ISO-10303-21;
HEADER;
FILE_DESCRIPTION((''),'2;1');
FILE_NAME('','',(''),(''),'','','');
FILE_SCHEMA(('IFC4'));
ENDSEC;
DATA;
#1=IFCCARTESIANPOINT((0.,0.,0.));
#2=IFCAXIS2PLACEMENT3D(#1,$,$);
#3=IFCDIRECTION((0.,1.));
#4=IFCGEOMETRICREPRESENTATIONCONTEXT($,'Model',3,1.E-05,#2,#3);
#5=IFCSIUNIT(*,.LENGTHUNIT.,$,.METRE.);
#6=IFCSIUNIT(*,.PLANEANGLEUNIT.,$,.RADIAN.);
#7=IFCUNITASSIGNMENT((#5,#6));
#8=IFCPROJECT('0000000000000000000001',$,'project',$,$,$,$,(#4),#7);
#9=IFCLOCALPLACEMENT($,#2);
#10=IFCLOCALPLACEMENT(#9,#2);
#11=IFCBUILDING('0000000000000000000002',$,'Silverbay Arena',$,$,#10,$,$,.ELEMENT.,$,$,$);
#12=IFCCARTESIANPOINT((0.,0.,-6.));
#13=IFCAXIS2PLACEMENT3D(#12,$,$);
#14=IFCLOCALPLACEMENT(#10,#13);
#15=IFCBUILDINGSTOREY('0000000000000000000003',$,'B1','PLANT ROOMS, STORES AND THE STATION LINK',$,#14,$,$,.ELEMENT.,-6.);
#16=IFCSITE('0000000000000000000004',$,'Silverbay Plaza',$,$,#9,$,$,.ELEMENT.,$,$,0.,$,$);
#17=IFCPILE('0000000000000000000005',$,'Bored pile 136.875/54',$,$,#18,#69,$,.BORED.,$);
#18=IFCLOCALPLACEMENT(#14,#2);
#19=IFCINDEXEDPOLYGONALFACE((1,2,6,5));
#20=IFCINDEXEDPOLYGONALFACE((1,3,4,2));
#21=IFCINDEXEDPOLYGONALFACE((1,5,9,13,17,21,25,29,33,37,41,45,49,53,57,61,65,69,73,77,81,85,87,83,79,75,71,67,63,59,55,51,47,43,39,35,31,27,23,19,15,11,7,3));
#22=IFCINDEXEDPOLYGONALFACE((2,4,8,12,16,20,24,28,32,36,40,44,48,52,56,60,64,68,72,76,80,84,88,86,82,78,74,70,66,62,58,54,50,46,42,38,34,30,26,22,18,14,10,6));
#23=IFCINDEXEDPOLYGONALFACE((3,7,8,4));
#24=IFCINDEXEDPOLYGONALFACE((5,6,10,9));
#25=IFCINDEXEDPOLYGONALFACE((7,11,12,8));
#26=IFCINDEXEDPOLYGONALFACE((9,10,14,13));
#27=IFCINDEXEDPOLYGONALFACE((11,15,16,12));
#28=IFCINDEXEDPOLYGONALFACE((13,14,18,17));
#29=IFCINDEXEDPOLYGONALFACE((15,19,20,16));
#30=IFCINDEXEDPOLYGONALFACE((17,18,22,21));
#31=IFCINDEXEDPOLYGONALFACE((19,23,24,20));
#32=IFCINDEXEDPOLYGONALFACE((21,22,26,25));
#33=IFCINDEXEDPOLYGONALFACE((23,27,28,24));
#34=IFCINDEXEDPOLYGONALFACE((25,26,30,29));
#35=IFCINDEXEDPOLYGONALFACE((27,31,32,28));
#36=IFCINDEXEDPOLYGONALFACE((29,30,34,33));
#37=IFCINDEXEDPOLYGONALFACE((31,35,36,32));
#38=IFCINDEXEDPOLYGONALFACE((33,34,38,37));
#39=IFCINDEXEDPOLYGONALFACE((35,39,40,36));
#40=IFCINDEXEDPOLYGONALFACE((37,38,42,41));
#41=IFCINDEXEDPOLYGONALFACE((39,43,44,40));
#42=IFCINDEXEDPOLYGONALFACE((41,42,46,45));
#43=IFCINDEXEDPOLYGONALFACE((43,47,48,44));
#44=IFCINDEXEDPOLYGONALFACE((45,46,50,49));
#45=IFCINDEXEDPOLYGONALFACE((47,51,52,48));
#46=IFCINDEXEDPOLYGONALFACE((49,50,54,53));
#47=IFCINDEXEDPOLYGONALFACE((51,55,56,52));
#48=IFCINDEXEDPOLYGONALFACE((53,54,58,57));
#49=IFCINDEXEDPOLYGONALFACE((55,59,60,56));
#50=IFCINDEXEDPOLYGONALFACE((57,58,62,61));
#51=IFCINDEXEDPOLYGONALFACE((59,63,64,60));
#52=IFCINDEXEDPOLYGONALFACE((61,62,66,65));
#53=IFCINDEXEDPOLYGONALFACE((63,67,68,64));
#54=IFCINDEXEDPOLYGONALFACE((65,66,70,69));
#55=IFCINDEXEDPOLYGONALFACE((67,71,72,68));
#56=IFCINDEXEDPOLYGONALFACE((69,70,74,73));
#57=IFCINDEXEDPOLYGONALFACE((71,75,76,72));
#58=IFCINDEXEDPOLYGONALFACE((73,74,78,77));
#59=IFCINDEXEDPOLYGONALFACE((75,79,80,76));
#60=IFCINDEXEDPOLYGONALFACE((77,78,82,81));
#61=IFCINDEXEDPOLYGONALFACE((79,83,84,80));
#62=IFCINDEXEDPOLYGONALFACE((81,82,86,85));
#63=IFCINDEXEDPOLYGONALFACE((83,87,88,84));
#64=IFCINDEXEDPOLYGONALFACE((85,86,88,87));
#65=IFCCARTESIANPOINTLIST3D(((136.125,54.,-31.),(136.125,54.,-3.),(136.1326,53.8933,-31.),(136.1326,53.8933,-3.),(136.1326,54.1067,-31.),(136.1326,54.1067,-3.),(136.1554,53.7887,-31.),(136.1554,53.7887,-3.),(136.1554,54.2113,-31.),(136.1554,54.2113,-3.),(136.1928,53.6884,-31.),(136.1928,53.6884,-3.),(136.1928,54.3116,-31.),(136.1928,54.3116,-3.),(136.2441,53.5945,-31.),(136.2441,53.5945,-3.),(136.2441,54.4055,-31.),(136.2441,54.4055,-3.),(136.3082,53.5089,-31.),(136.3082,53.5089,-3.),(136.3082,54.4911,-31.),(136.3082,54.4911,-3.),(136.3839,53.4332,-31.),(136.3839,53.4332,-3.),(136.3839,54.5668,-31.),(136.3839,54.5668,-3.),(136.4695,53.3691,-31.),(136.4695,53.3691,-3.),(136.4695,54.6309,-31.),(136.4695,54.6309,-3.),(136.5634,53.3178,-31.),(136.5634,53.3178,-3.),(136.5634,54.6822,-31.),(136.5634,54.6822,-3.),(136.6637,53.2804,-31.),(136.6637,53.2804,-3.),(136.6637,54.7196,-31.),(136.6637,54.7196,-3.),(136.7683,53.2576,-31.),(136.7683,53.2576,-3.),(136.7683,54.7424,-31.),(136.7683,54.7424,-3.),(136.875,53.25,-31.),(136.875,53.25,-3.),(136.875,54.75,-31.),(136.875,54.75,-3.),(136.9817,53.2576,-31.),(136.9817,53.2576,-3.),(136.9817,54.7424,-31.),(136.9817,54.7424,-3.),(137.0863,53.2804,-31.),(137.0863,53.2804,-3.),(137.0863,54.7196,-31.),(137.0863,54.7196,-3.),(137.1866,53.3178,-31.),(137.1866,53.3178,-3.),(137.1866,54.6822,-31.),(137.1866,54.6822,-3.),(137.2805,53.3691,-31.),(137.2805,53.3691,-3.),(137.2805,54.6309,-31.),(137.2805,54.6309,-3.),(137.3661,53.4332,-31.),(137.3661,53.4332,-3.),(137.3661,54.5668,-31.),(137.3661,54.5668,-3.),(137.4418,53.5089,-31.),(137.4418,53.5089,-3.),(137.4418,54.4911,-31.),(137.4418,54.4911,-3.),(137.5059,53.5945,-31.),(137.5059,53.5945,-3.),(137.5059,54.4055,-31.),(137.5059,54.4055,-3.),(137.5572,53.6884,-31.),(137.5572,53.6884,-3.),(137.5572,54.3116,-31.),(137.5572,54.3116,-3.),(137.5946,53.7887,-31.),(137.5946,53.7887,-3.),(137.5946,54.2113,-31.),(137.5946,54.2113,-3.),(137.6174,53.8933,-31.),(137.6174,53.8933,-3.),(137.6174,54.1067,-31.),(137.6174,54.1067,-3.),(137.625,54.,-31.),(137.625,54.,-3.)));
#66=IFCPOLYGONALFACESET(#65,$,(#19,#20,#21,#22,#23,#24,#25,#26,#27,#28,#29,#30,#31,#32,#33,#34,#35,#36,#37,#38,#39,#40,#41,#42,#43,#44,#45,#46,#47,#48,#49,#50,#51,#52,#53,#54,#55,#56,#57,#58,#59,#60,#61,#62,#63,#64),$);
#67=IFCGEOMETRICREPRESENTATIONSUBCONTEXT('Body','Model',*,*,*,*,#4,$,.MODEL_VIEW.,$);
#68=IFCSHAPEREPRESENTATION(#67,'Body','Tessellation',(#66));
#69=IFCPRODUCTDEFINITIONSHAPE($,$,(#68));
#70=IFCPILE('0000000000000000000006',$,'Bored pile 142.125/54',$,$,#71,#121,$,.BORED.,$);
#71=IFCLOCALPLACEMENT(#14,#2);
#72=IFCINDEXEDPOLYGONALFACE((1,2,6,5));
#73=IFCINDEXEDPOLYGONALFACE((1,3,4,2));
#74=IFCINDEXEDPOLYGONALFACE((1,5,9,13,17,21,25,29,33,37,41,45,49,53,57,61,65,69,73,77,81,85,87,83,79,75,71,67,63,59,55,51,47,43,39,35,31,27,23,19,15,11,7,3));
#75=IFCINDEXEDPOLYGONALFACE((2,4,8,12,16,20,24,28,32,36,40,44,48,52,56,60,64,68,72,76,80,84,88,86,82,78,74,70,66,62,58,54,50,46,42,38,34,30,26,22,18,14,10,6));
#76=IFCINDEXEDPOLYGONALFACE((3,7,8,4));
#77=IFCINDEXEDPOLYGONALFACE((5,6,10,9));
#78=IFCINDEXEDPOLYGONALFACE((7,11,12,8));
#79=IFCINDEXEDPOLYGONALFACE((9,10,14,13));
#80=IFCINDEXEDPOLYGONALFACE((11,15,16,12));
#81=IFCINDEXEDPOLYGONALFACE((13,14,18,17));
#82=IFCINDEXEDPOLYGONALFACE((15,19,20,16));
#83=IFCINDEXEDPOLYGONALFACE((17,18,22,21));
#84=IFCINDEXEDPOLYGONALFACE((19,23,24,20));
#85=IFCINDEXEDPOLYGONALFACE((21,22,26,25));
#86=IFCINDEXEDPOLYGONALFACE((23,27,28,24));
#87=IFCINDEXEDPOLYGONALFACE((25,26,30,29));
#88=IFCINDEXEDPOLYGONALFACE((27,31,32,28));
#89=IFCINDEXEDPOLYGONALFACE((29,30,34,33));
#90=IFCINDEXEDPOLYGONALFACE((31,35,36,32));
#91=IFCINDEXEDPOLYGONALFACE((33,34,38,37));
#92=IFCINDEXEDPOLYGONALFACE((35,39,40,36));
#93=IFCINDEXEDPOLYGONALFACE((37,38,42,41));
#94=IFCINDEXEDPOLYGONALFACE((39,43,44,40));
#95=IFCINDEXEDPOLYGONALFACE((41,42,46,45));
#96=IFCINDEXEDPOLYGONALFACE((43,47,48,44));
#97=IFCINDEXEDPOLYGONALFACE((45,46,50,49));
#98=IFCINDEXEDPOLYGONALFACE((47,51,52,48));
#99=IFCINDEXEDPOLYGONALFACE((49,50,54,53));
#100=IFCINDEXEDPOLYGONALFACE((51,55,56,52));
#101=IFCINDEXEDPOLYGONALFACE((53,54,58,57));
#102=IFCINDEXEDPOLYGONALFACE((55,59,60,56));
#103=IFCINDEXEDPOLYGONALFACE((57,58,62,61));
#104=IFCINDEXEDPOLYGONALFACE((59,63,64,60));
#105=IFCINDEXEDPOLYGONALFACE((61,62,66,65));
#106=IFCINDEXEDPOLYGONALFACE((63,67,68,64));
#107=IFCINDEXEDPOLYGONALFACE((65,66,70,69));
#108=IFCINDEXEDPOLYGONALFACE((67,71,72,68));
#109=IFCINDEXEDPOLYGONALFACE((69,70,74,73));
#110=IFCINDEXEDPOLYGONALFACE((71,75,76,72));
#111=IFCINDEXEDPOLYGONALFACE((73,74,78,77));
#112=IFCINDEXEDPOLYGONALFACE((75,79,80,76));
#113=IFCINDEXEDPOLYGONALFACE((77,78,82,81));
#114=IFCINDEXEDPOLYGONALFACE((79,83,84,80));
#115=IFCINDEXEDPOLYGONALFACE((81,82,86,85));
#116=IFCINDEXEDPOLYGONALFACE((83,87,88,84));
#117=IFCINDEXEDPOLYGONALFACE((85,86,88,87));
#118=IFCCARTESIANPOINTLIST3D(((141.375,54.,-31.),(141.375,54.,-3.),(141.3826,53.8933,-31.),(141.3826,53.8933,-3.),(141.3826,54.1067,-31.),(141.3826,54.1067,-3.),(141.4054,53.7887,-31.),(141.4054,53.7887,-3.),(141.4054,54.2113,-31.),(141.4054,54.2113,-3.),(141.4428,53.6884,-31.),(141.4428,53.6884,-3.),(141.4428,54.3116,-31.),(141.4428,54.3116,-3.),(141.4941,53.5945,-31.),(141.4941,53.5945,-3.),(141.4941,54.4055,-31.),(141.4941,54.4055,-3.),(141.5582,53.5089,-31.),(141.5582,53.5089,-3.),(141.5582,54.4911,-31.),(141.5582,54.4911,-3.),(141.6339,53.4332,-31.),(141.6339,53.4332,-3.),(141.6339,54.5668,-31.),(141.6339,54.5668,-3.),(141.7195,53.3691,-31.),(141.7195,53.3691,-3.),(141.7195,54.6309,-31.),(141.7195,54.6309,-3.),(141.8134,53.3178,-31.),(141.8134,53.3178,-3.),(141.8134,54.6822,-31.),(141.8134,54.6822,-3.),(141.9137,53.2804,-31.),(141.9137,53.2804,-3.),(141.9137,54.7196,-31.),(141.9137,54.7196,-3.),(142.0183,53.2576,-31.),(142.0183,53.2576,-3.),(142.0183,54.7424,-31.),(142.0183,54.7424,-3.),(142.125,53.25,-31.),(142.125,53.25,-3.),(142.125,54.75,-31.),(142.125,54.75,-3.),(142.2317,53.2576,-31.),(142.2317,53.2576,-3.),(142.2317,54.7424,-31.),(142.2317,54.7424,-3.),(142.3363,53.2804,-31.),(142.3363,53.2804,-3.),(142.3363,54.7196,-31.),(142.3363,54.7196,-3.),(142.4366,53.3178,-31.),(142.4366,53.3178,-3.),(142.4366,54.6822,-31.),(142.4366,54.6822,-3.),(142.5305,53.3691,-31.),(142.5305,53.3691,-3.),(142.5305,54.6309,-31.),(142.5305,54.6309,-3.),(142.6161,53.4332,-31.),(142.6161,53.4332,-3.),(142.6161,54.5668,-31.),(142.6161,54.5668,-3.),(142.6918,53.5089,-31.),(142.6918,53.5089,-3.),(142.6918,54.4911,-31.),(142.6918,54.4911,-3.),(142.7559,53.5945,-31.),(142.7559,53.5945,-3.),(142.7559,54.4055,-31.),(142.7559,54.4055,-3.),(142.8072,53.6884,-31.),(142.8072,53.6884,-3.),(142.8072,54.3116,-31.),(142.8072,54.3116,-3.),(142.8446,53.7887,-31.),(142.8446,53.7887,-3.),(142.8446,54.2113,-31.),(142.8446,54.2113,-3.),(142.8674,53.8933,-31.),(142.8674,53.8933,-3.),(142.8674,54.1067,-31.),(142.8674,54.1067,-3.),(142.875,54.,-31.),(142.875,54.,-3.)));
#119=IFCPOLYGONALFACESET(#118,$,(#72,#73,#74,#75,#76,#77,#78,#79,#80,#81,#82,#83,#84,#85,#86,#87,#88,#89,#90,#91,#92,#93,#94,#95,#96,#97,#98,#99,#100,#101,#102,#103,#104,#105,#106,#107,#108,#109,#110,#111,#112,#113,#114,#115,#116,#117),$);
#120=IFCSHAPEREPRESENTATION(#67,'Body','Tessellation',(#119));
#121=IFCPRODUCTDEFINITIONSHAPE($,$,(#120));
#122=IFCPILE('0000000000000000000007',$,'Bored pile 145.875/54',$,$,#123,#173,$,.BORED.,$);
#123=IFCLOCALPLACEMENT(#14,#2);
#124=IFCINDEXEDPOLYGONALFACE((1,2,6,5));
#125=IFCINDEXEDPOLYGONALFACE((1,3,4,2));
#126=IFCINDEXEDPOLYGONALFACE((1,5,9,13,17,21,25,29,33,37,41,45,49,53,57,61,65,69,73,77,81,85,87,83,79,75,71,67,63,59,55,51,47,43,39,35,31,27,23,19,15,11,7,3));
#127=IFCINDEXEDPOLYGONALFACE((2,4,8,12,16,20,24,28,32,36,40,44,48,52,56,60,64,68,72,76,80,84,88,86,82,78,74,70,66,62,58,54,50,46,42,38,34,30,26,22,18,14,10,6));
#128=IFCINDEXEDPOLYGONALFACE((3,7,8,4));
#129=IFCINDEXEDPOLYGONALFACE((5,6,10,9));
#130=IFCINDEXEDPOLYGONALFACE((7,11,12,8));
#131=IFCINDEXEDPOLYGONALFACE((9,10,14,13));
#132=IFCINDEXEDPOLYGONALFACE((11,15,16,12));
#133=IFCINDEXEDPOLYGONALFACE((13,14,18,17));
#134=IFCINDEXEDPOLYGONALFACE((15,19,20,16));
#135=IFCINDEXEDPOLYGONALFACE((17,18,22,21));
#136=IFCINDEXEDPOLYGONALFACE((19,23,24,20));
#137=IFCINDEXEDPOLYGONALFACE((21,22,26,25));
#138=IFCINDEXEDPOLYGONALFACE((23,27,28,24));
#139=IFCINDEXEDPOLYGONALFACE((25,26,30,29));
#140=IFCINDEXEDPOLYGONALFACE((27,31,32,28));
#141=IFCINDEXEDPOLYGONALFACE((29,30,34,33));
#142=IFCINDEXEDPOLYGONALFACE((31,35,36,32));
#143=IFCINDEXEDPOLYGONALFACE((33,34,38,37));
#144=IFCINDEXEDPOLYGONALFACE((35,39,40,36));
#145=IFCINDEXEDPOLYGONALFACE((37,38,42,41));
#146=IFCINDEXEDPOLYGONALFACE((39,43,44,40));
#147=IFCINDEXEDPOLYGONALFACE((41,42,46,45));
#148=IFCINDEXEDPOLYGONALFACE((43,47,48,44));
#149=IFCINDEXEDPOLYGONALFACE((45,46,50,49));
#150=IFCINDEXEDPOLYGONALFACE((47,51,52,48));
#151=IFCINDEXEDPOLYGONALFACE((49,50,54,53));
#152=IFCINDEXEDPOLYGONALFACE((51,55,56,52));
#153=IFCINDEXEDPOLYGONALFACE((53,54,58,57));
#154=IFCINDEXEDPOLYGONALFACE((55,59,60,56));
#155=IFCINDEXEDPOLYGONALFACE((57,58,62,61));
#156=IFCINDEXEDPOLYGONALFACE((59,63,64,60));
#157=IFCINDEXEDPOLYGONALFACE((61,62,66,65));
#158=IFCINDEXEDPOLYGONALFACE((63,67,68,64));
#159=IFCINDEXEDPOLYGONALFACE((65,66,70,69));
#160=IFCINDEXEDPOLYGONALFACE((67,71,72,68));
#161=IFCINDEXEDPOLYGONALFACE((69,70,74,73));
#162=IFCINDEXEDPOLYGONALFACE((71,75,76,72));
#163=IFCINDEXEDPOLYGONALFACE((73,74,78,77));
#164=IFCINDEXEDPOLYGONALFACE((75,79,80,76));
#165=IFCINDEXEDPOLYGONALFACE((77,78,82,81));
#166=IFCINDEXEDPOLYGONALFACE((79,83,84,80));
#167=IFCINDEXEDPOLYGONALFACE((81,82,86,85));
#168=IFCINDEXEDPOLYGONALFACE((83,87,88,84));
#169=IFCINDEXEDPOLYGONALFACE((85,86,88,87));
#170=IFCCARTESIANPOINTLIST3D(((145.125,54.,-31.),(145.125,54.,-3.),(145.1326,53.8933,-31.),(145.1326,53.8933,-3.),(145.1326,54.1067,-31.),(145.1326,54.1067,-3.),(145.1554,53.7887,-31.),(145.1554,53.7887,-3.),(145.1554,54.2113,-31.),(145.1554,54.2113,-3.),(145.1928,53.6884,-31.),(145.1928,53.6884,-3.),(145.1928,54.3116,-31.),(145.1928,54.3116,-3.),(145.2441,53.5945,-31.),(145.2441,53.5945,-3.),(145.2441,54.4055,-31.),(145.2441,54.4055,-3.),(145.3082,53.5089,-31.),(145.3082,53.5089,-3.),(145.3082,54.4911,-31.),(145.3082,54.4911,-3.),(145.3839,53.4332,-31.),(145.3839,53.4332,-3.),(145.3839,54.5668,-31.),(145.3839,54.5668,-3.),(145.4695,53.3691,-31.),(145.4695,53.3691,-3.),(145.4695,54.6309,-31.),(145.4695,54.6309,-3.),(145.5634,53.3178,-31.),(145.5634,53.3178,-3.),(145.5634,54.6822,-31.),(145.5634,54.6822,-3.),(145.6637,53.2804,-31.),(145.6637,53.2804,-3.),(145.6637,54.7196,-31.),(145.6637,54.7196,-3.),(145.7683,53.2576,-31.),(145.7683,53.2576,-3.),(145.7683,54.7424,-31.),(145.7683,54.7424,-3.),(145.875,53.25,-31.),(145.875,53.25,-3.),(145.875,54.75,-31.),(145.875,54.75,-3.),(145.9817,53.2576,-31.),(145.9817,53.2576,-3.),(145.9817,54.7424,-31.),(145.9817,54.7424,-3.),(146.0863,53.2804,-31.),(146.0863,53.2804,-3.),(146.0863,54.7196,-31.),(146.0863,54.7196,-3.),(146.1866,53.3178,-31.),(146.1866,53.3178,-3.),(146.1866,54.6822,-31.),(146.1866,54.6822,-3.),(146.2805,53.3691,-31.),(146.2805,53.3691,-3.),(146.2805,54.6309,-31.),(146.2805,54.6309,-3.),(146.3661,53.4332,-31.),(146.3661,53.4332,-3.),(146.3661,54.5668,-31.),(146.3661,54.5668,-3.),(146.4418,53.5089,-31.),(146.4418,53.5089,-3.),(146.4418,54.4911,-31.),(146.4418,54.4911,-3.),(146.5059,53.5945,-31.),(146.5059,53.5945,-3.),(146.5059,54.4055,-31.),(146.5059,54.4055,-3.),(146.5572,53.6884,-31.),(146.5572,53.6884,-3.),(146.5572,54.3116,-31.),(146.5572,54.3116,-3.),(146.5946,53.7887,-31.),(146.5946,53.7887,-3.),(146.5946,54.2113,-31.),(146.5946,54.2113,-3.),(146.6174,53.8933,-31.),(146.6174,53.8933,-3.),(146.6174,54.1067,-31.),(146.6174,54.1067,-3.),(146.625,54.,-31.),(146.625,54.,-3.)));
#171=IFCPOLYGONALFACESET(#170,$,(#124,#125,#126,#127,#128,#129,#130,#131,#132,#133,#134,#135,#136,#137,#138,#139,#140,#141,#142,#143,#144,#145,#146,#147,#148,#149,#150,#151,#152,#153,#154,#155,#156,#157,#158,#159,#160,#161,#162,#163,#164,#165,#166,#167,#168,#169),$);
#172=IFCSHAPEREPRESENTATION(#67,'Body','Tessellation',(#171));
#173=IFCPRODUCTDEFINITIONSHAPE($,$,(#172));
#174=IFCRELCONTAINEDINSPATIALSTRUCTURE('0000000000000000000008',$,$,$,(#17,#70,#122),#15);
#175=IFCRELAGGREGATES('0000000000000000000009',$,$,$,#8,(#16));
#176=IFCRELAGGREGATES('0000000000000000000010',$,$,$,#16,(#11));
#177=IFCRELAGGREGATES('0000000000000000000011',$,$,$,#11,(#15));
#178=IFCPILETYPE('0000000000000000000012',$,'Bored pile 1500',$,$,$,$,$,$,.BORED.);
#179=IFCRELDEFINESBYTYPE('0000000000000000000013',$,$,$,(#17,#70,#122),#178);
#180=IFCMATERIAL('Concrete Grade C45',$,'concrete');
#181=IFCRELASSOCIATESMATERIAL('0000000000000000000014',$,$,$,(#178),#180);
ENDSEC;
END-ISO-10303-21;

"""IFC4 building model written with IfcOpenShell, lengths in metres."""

from ifc_helpers import new_model, si_unit, direction, frame, origin, origin_2d, place, context, subcontext, project, spatial, circle, extrude, material, material_profile, profile_set, type_object, element, save


model = new_model("IFC4")

# Units and contexts
model_context = context("Model", 3, precision=1e-05, world=origin(), true_north=direction((0.0, 1.0)))
body_context = subcontext(model_context, "Body", "Model", "MODEL_VIEW")
ifc_project = project(units=[si_unit("LENGTHUNIT", "METRE"), si_unit("PLANEANGLEUNIT", "RADIAN")], contexts=[model_context])

# Site, building, storey
site_placement = place(None, origin())
site = spatial("IfcSite", under=ifc_project, at=site_placement, Name="Silverbay Plaza", CompositionType="ELEMENT", RefElevation=0.0)
building_placement = place(site_placement, origin())
building = spatial("IfcBuilding", under=site, at=building_placement, Name="Silverbay Arena", CompositionType="ELEMENT")
storey_placement = place(building_placement, frame((0.0, 0.0, -6.0)))
storey = spatial("IfcBuildingStorey", under=building, at=storey_placement, Name="B1", Description="PLANT ROOMS, STORES AND THE STATION LINK", CompositionType="ELEMENT", Elevation=-6.0)

# Piles
ifc_material_1 = material(Name="Concrete Grade C45", Category="concrete")
ifc_material_profile_1 = material_profile(ifc_material_1, circle(Radius=0.75, at=origin_2d()), Name="Bored pile 1500")
ifc_profile_set_1 = profile_set([ifc_material_profile_1], Name="Concrete Grade C45")
pile_type = type_object("IfcPileType", Name="Bored pile 1500", PredefinedType="BORED", material=ifc_profile_set_1)
for number, where, z_axis, x_axis, name in (
    (1, (136.875, 54.0, -3.0), (0.0, 0.0, -1.0), (1.0, 0.0, 0.0), "Bored pile 136.875/54"),
    (2, (142.125, 54.0, -3.0), (0.0, 0.0, -1.0), (1.0, 0.0, 0.0), "Bored pile 142.125/54"),
    (3, (145.875, 54.0, -3.0), (0.0, 0.0, -1.0), (1.0, 0.0, 0.0), "Bored pile 145.875/54"),
):
    element("IfcPile", number, at=place(storey_placement, frame(where, z_axis=z_axis, x_axis=x_axis)), inside=storey, type_object=pile_type, Name=name, PredefinedType="BORED", context=body_context, shape_type="SweptSolid", body=[
        extrude(circle(Radius=0.75, at=origin_2d()), origin(), (0.0, 0.0, 1.0), 28.0),
    ])

save(model, "model.ifc")
